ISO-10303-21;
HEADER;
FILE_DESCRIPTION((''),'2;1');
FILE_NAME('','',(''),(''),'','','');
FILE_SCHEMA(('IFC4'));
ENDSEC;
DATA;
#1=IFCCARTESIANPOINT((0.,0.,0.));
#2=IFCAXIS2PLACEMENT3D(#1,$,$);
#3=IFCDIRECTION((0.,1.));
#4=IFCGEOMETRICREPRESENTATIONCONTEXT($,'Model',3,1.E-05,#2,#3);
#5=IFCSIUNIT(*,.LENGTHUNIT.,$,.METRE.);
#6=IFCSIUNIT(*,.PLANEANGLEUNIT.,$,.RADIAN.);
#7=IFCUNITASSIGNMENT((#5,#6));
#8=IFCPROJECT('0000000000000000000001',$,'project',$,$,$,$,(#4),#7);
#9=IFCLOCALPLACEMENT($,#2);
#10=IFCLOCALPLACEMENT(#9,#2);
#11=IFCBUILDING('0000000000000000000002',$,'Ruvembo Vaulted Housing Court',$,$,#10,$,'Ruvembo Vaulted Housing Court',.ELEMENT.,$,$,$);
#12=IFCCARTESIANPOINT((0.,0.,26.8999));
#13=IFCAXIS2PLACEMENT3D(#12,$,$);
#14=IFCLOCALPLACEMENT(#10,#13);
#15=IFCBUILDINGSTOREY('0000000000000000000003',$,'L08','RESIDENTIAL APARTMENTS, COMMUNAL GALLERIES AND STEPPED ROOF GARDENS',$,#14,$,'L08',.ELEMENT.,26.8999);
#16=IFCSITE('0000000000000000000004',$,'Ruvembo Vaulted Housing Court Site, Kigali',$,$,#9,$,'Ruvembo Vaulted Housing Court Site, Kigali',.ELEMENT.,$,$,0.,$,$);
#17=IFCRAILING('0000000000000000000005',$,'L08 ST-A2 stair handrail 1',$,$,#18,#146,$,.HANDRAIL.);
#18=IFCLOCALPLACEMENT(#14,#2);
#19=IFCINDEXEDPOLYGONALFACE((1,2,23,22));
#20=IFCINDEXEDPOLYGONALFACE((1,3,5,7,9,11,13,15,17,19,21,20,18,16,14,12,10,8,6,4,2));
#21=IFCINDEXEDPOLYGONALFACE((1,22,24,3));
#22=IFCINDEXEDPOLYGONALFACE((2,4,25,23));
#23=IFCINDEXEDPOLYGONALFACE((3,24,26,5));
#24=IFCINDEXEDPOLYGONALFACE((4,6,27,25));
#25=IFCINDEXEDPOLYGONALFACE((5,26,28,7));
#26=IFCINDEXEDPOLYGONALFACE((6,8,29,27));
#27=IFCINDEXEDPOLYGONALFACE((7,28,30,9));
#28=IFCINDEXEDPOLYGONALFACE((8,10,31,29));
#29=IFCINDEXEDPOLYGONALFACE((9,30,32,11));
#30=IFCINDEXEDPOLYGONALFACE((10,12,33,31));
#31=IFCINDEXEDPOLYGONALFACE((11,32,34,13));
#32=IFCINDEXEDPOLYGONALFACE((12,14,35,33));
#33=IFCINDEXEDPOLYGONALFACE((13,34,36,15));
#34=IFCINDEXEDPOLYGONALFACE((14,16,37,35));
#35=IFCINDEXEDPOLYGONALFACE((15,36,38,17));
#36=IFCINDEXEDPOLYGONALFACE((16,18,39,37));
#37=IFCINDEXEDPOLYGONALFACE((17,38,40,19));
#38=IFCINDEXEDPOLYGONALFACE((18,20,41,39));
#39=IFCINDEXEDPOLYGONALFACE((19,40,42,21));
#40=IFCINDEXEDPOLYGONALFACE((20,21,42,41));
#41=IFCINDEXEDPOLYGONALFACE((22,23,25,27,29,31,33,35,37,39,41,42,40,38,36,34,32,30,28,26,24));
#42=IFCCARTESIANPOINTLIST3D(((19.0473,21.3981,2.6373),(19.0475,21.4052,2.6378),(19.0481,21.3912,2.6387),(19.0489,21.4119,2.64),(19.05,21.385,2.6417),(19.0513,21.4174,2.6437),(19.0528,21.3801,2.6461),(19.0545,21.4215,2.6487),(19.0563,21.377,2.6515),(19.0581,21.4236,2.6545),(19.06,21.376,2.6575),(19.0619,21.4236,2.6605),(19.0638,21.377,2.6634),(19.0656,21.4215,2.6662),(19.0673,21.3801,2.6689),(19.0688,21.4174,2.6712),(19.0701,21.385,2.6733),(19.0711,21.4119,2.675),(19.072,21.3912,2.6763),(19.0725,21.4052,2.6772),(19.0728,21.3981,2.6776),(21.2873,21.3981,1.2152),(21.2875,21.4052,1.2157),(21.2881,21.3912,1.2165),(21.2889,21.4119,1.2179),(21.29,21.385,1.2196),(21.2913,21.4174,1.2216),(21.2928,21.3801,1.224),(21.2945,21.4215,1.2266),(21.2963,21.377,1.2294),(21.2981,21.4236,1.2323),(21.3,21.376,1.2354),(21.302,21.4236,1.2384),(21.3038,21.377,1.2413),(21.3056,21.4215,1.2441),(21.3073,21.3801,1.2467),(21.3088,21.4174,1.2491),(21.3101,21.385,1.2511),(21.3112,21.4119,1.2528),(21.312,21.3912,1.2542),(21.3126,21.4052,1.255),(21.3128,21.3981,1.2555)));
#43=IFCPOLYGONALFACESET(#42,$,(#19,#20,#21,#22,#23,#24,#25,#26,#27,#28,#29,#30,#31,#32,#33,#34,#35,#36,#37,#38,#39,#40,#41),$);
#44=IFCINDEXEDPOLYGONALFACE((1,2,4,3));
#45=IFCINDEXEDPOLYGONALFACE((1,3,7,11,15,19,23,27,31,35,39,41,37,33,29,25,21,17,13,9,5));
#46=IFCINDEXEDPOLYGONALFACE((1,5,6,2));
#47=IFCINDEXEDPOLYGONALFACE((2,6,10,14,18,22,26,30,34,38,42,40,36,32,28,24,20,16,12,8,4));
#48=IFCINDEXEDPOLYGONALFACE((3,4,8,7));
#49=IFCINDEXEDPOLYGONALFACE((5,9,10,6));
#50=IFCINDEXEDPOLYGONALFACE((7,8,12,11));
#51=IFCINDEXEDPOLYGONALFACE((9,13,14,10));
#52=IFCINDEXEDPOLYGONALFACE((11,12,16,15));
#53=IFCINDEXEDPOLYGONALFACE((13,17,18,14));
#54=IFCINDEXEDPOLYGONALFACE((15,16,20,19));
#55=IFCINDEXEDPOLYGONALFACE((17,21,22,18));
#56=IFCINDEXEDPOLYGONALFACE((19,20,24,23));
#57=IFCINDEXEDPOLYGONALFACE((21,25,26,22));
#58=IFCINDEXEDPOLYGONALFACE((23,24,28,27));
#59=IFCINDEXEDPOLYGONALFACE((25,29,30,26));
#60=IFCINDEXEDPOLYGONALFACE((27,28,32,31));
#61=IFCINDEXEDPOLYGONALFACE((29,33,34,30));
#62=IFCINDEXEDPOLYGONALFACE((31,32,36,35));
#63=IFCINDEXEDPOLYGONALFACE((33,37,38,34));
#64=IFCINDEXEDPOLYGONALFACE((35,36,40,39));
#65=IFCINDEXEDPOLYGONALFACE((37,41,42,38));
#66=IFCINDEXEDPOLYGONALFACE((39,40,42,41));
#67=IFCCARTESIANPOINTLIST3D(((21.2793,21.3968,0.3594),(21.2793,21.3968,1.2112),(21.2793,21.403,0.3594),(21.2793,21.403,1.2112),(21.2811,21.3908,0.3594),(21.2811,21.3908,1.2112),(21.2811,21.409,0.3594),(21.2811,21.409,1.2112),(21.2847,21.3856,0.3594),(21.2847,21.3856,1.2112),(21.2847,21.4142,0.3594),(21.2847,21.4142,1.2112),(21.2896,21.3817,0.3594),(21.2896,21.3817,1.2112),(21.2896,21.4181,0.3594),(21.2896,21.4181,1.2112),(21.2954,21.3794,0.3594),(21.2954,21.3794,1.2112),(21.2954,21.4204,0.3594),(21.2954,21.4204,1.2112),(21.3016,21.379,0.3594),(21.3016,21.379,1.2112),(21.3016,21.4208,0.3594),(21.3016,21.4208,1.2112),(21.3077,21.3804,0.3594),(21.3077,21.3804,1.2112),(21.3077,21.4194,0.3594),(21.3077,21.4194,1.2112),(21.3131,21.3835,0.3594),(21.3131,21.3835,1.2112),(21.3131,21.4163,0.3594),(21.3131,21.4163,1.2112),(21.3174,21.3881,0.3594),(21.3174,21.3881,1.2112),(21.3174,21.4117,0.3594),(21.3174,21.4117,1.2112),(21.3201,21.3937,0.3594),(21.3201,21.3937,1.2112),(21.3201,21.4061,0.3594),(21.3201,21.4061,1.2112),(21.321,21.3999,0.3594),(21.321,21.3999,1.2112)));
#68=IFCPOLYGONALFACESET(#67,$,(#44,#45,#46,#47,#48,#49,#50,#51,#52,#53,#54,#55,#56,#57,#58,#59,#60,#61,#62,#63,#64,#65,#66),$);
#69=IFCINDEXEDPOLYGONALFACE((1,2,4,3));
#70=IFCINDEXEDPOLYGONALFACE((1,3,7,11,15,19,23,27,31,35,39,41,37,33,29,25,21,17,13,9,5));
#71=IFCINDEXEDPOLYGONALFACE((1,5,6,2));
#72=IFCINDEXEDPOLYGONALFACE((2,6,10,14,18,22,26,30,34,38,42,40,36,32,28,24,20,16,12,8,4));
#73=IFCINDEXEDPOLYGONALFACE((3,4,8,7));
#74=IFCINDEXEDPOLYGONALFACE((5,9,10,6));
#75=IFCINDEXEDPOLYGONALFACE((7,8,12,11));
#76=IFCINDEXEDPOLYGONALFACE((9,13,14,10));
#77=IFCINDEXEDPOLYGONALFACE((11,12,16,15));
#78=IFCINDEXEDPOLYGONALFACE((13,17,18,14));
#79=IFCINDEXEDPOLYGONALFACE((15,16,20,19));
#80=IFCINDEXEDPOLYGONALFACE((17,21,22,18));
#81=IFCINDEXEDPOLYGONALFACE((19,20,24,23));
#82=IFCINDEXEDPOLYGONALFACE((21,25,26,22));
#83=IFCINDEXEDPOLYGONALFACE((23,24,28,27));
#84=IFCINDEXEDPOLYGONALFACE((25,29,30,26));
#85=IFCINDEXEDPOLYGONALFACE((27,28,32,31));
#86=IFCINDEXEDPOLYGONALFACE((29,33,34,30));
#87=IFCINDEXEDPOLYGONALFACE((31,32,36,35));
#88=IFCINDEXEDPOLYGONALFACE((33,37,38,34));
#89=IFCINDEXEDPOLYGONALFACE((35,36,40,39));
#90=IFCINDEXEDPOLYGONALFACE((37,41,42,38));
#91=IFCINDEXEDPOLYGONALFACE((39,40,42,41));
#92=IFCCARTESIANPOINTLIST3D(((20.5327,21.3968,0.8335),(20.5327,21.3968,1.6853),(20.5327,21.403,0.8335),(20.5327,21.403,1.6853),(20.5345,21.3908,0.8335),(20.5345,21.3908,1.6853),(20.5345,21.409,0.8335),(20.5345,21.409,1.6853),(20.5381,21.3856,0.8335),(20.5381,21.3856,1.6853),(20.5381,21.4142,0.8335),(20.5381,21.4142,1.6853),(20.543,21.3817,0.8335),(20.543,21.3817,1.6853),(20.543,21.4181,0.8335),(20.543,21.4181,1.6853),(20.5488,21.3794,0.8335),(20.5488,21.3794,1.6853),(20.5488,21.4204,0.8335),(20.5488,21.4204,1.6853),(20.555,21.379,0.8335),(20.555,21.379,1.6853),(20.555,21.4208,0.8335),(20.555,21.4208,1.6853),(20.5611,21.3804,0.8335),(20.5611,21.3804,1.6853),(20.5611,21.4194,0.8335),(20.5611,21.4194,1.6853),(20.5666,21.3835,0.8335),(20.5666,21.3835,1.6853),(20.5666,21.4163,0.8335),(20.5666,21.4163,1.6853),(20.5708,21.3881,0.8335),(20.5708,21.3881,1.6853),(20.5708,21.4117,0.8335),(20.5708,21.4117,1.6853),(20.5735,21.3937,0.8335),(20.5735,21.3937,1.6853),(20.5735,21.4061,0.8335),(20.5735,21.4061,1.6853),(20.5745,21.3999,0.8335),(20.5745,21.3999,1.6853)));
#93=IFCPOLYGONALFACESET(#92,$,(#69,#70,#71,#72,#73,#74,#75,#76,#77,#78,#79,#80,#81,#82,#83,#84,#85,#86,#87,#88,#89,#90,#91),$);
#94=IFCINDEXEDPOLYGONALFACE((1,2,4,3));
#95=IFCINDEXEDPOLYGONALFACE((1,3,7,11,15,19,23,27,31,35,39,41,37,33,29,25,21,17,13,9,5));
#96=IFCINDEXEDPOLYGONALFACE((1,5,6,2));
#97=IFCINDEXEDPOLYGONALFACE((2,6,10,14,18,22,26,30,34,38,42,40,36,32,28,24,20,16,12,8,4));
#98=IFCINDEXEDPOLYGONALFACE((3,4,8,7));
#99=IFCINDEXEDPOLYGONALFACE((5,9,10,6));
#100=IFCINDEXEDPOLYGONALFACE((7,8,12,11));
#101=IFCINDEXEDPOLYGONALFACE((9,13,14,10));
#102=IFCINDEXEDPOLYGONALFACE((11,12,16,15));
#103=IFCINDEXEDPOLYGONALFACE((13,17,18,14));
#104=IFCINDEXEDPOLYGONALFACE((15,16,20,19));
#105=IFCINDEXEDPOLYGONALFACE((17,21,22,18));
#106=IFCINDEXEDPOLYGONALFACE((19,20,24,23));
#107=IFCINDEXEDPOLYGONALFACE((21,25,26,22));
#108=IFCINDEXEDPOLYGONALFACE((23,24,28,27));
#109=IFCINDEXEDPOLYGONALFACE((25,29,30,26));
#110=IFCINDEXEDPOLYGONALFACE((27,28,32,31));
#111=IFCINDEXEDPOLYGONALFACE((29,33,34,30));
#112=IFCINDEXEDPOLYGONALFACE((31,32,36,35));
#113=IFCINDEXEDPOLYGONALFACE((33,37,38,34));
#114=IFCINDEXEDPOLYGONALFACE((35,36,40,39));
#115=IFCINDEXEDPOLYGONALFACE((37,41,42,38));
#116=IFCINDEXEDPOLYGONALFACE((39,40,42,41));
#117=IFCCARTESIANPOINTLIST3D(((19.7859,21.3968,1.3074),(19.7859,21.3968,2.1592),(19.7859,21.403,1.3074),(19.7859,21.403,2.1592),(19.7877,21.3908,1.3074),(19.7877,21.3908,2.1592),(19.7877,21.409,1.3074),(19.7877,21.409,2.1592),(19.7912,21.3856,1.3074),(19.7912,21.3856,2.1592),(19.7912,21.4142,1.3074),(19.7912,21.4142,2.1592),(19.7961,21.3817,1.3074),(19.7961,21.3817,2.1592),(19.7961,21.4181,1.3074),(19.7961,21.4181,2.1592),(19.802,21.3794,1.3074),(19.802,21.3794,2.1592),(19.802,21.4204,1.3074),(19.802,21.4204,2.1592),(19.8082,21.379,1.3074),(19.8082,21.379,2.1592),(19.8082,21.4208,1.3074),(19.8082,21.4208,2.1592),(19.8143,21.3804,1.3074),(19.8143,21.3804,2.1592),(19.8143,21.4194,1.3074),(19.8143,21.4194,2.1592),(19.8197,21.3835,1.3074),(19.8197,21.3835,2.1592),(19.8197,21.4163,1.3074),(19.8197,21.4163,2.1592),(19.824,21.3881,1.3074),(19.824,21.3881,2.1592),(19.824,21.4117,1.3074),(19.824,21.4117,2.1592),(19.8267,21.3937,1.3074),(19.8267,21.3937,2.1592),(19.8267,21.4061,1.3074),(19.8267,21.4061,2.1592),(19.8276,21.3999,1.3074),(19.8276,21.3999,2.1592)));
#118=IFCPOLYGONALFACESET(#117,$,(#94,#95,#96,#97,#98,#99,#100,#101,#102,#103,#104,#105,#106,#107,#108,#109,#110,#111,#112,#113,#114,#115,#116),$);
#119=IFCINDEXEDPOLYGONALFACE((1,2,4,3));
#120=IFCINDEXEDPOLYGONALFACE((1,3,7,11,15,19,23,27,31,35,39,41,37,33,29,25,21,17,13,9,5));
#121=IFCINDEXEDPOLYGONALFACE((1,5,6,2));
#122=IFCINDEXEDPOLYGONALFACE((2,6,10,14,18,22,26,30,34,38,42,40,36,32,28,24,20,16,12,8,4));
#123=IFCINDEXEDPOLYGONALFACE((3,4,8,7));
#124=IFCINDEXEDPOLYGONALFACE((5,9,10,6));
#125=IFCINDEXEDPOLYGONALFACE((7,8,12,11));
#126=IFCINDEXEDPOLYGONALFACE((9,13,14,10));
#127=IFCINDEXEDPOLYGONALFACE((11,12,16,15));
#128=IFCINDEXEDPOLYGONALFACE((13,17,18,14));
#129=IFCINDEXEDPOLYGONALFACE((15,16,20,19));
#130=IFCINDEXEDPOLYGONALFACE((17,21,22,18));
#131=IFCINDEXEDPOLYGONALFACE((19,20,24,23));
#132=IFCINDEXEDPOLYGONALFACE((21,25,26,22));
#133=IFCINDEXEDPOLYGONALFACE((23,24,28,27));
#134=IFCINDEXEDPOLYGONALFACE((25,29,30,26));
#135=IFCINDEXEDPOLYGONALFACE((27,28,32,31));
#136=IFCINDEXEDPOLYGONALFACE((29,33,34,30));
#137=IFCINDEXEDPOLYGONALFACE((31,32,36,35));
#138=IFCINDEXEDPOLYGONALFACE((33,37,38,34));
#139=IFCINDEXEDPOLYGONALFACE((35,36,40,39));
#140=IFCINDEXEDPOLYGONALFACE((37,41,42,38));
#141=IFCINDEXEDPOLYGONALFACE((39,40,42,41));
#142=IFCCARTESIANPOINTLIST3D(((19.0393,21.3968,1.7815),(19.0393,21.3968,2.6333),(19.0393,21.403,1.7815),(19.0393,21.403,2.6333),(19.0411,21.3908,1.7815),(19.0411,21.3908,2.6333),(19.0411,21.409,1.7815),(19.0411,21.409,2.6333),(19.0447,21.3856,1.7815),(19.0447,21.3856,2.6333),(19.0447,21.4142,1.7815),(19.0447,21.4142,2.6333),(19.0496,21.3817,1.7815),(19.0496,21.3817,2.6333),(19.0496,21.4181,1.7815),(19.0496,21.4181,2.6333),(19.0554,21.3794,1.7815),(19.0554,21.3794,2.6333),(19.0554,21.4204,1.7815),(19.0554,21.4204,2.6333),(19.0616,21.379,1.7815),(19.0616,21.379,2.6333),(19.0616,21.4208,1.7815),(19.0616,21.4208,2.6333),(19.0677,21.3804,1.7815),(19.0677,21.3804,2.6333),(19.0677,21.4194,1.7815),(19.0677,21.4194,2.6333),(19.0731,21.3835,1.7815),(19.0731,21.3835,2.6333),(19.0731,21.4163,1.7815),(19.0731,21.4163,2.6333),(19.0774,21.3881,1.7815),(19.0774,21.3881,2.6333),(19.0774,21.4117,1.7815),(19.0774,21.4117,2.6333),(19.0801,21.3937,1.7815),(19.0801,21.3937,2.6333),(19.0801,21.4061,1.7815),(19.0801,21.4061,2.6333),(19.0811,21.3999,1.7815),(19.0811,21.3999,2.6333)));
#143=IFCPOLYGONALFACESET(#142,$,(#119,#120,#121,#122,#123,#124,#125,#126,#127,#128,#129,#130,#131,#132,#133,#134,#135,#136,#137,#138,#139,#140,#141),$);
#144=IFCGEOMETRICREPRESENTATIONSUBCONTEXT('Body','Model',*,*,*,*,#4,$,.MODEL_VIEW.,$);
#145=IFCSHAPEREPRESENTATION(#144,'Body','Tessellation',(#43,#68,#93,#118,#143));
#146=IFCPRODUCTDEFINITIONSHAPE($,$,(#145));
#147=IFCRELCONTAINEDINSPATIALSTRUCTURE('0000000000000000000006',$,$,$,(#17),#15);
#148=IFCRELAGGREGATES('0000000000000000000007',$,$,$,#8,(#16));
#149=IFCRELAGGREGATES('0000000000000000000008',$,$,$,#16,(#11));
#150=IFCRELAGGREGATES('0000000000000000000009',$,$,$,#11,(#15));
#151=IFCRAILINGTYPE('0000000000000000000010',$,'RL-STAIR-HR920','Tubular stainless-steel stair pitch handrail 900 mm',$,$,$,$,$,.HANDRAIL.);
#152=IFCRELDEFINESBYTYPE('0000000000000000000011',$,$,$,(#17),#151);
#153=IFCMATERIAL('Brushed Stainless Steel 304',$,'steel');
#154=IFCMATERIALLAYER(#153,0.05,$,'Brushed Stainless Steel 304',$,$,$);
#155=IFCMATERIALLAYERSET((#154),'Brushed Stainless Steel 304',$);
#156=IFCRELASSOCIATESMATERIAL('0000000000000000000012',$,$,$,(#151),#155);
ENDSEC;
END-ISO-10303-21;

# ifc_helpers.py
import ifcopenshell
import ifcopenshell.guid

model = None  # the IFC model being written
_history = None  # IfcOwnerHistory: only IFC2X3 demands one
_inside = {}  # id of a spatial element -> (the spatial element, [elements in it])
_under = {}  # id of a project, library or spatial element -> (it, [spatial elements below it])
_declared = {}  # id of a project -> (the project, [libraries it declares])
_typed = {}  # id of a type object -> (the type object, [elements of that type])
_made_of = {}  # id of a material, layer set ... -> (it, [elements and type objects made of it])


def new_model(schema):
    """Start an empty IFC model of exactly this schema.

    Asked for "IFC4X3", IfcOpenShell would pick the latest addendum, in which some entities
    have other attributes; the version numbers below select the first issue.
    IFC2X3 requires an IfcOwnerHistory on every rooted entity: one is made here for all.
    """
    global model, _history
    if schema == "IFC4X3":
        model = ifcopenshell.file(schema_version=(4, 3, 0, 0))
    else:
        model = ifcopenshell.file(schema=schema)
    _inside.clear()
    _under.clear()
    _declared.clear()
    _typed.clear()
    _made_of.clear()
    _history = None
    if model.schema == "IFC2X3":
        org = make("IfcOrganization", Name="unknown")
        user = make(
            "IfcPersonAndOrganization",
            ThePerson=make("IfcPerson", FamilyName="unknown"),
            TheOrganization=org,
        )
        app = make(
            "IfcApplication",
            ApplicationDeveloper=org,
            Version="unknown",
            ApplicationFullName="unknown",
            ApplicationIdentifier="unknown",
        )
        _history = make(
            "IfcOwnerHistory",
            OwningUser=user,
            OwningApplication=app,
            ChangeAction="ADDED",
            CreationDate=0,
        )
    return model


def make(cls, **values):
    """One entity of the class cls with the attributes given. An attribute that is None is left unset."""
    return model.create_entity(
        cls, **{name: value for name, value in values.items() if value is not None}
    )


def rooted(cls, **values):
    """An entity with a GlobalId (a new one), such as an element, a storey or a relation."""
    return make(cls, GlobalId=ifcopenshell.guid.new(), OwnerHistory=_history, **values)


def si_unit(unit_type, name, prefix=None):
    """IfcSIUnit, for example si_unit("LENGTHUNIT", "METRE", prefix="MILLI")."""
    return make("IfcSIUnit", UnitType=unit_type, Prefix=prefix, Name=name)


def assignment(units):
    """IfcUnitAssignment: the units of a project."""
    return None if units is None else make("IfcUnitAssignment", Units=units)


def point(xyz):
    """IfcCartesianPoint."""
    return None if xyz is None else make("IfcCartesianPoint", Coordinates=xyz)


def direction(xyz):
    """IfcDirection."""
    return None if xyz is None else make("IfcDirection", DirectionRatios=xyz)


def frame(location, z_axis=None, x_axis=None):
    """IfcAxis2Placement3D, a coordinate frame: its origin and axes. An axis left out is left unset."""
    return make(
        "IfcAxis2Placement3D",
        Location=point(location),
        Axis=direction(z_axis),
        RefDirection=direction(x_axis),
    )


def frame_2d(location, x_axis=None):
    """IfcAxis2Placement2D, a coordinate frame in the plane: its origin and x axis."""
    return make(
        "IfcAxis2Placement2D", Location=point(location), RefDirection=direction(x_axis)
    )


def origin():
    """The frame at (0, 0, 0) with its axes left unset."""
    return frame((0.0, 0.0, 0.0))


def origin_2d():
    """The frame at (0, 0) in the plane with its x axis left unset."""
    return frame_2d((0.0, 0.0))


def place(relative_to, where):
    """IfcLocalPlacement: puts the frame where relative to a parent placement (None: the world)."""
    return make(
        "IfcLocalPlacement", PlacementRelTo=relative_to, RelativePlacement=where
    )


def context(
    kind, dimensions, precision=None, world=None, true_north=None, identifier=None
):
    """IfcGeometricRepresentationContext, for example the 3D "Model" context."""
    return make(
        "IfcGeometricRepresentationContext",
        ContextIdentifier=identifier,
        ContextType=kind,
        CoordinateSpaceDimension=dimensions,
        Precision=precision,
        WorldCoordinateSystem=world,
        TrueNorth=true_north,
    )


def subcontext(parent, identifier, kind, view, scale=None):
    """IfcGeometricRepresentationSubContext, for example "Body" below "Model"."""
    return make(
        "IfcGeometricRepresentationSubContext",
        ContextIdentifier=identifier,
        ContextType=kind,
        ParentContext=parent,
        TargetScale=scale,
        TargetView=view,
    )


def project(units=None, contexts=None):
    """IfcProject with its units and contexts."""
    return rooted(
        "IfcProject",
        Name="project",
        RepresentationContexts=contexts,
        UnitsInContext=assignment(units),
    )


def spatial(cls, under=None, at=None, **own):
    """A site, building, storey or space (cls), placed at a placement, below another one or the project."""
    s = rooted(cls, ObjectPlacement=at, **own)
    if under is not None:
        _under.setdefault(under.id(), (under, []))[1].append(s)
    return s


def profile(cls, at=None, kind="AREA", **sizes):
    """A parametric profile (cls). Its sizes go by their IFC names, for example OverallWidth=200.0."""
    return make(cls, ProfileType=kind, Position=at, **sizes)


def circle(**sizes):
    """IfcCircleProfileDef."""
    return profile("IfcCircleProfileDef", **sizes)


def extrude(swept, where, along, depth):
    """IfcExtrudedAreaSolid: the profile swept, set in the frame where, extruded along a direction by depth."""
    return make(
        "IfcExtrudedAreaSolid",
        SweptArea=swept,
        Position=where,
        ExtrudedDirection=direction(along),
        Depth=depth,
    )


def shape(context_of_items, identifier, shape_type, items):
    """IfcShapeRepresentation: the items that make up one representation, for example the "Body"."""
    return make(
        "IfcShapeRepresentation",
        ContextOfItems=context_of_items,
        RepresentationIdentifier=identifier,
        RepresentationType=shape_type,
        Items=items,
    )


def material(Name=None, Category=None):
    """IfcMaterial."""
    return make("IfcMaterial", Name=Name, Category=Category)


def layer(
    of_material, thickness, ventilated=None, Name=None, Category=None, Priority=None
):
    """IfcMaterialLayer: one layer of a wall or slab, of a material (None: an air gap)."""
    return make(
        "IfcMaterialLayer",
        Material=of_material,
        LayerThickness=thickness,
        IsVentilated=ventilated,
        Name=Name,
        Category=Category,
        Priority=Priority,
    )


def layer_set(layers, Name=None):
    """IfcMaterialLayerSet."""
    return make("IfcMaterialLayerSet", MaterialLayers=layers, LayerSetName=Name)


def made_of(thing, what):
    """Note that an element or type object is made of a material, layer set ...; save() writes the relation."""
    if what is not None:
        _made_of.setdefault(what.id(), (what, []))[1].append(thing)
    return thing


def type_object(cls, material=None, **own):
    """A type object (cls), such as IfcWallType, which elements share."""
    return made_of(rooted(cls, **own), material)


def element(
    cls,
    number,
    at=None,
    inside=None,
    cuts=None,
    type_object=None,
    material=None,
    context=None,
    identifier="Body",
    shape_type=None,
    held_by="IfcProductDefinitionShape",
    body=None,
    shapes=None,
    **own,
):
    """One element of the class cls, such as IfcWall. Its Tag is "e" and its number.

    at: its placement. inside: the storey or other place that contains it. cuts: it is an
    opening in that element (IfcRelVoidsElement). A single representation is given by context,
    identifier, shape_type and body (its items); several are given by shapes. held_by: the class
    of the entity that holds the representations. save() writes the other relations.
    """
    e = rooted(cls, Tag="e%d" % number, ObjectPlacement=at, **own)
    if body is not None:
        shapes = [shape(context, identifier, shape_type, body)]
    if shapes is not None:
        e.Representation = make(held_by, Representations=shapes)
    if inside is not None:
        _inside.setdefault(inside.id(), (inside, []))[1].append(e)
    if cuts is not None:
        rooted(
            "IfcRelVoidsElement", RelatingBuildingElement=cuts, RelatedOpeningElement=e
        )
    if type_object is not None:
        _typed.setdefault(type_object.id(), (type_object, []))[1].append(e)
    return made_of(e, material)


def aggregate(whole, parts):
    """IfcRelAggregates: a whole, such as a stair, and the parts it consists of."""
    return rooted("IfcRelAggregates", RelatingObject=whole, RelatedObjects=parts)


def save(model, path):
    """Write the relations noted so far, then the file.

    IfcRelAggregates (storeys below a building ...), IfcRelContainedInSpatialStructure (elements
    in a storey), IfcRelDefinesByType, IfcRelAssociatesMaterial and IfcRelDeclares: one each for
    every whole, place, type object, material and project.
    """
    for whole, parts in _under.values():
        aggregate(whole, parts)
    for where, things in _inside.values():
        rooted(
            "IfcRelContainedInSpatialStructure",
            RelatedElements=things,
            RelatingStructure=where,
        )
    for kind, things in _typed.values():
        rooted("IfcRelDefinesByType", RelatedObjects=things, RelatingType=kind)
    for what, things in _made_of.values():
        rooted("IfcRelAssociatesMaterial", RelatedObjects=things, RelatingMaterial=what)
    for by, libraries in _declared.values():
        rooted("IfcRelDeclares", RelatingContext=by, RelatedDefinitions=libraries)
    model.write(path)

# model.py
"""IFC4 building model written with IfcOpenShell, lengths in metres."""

from ifc_helpers import new_model, si_unit, direction, frame, origin, origin_2d, place, context, subcontext, project, spatial, circle, extrude, material, layer, layer_set, type_object, element, save


model = new_model("IFC4")

# Units and contexts
model_context = context("Model", 3, precision=1e-05, world=origin(), true_north=direction((0.0, 1.0)))
body_context = subcontext(model_context, "Body", "Model", "MODEL_VIEW")
ifc_project = project(units=[si_unit("LENGTHUNIT", "METRE"), si_unit("PLANEANGLEUNIT", "RADIAN")], contexts=[model_context])

# Site, building, storey
site_placement = place(None, origin())
site = spatial("IfcSite", under=ifc_project, at=site_placement, Name="Ruvembo Vaulted Housing Court Site, Kigali", LongName="Ruvembo Vaulted Housing Court Site, Kigali", CompositionType="ELEMENT", RefElevation=0.0)
building_placement = place(site_placement, origin())
building = spatial("IfcBuilding", under=site, at=building_placement, Name="Ruvembo Vaulted Housing Court", LongName="Ruvembo Vaulted Housing Court", CompositionType="ELEMENT")
storey_placement = place(building_placement, frame((0.0, 0.0, 26.8999)))
storey = spatial("IfcBuildingStorey", under=building, at=storey_placement, Name="L08", Description="RESIDENTIAL APARTMENTS, COMMUNAL GALLERIES AND STEPPED ROOF GARDENS", LongName="L08", CompositionType="ELEMENT", Elevation=26.8999)

# Shared definitions
ifc_material_1 = material(Name="Brushed Stainless Steel 304", Category="steel")

# Railing
ifc_layer_1 = layer(ifc_material_1, 0.05, Name="Brushed Stainless Steel 304")
ifc_layer_set_1 = layer_set([ifc_layer_1], Name="Brushed Stainless Steel 304")
railing_type_1 = type_object("IfcRailingType", Name="RL-STAIR-HR920", Description="Tubular stainless-steel stair pitch handrail 900 mm", PredefinedType="HANDRAIL", material=ifc_layer_set_1)
railing_1_placement = place(storey_placement, frame((21.3, 21.3999, 0.3594)))
element("IfcRailing", 1, at=railing_1_placement, inside=storey, type_object=railing_type_1, Name="L08 ST-A2 stair handrail 1", PredefinedType="HANDRAIL", context=body_context, shape_type="SweptSolid", body=[
    extrude(circle(Radius=0.0239, at=origin_2d()), frame((0.0, 0.0, 0.876), z_axis=(-0.844229, 0.0, 0.535982), x_axis=(0.0, -1.0, 0.0)), (0.0, 0.0, 1.0), 2.6533),
    extrude(circle(Radius=0.021, at=origin_2d()), origin(), (0.0, 0.0, 1.0), 0.8518),
    extrude(circle(Radius=0.021, at=origin_2d()), frame((-0.7466, 0.0, 0.4741)), (0.0, 0.0, 1.0), 0.8518),
    extrude(circle(Radius=0.021, at=origin_2d()), frame((-1.4934, 0.0, 0.948)), (0.0, 0.0, 1.0), 0.8518),
    extrude(circle(Radius=0.021, at=origin_2d()), frame((-2.24, 0.0, 1.4221)), (0.0, 0.0, 1.0), 0.8518),
])

save(model, "model.ifc")
